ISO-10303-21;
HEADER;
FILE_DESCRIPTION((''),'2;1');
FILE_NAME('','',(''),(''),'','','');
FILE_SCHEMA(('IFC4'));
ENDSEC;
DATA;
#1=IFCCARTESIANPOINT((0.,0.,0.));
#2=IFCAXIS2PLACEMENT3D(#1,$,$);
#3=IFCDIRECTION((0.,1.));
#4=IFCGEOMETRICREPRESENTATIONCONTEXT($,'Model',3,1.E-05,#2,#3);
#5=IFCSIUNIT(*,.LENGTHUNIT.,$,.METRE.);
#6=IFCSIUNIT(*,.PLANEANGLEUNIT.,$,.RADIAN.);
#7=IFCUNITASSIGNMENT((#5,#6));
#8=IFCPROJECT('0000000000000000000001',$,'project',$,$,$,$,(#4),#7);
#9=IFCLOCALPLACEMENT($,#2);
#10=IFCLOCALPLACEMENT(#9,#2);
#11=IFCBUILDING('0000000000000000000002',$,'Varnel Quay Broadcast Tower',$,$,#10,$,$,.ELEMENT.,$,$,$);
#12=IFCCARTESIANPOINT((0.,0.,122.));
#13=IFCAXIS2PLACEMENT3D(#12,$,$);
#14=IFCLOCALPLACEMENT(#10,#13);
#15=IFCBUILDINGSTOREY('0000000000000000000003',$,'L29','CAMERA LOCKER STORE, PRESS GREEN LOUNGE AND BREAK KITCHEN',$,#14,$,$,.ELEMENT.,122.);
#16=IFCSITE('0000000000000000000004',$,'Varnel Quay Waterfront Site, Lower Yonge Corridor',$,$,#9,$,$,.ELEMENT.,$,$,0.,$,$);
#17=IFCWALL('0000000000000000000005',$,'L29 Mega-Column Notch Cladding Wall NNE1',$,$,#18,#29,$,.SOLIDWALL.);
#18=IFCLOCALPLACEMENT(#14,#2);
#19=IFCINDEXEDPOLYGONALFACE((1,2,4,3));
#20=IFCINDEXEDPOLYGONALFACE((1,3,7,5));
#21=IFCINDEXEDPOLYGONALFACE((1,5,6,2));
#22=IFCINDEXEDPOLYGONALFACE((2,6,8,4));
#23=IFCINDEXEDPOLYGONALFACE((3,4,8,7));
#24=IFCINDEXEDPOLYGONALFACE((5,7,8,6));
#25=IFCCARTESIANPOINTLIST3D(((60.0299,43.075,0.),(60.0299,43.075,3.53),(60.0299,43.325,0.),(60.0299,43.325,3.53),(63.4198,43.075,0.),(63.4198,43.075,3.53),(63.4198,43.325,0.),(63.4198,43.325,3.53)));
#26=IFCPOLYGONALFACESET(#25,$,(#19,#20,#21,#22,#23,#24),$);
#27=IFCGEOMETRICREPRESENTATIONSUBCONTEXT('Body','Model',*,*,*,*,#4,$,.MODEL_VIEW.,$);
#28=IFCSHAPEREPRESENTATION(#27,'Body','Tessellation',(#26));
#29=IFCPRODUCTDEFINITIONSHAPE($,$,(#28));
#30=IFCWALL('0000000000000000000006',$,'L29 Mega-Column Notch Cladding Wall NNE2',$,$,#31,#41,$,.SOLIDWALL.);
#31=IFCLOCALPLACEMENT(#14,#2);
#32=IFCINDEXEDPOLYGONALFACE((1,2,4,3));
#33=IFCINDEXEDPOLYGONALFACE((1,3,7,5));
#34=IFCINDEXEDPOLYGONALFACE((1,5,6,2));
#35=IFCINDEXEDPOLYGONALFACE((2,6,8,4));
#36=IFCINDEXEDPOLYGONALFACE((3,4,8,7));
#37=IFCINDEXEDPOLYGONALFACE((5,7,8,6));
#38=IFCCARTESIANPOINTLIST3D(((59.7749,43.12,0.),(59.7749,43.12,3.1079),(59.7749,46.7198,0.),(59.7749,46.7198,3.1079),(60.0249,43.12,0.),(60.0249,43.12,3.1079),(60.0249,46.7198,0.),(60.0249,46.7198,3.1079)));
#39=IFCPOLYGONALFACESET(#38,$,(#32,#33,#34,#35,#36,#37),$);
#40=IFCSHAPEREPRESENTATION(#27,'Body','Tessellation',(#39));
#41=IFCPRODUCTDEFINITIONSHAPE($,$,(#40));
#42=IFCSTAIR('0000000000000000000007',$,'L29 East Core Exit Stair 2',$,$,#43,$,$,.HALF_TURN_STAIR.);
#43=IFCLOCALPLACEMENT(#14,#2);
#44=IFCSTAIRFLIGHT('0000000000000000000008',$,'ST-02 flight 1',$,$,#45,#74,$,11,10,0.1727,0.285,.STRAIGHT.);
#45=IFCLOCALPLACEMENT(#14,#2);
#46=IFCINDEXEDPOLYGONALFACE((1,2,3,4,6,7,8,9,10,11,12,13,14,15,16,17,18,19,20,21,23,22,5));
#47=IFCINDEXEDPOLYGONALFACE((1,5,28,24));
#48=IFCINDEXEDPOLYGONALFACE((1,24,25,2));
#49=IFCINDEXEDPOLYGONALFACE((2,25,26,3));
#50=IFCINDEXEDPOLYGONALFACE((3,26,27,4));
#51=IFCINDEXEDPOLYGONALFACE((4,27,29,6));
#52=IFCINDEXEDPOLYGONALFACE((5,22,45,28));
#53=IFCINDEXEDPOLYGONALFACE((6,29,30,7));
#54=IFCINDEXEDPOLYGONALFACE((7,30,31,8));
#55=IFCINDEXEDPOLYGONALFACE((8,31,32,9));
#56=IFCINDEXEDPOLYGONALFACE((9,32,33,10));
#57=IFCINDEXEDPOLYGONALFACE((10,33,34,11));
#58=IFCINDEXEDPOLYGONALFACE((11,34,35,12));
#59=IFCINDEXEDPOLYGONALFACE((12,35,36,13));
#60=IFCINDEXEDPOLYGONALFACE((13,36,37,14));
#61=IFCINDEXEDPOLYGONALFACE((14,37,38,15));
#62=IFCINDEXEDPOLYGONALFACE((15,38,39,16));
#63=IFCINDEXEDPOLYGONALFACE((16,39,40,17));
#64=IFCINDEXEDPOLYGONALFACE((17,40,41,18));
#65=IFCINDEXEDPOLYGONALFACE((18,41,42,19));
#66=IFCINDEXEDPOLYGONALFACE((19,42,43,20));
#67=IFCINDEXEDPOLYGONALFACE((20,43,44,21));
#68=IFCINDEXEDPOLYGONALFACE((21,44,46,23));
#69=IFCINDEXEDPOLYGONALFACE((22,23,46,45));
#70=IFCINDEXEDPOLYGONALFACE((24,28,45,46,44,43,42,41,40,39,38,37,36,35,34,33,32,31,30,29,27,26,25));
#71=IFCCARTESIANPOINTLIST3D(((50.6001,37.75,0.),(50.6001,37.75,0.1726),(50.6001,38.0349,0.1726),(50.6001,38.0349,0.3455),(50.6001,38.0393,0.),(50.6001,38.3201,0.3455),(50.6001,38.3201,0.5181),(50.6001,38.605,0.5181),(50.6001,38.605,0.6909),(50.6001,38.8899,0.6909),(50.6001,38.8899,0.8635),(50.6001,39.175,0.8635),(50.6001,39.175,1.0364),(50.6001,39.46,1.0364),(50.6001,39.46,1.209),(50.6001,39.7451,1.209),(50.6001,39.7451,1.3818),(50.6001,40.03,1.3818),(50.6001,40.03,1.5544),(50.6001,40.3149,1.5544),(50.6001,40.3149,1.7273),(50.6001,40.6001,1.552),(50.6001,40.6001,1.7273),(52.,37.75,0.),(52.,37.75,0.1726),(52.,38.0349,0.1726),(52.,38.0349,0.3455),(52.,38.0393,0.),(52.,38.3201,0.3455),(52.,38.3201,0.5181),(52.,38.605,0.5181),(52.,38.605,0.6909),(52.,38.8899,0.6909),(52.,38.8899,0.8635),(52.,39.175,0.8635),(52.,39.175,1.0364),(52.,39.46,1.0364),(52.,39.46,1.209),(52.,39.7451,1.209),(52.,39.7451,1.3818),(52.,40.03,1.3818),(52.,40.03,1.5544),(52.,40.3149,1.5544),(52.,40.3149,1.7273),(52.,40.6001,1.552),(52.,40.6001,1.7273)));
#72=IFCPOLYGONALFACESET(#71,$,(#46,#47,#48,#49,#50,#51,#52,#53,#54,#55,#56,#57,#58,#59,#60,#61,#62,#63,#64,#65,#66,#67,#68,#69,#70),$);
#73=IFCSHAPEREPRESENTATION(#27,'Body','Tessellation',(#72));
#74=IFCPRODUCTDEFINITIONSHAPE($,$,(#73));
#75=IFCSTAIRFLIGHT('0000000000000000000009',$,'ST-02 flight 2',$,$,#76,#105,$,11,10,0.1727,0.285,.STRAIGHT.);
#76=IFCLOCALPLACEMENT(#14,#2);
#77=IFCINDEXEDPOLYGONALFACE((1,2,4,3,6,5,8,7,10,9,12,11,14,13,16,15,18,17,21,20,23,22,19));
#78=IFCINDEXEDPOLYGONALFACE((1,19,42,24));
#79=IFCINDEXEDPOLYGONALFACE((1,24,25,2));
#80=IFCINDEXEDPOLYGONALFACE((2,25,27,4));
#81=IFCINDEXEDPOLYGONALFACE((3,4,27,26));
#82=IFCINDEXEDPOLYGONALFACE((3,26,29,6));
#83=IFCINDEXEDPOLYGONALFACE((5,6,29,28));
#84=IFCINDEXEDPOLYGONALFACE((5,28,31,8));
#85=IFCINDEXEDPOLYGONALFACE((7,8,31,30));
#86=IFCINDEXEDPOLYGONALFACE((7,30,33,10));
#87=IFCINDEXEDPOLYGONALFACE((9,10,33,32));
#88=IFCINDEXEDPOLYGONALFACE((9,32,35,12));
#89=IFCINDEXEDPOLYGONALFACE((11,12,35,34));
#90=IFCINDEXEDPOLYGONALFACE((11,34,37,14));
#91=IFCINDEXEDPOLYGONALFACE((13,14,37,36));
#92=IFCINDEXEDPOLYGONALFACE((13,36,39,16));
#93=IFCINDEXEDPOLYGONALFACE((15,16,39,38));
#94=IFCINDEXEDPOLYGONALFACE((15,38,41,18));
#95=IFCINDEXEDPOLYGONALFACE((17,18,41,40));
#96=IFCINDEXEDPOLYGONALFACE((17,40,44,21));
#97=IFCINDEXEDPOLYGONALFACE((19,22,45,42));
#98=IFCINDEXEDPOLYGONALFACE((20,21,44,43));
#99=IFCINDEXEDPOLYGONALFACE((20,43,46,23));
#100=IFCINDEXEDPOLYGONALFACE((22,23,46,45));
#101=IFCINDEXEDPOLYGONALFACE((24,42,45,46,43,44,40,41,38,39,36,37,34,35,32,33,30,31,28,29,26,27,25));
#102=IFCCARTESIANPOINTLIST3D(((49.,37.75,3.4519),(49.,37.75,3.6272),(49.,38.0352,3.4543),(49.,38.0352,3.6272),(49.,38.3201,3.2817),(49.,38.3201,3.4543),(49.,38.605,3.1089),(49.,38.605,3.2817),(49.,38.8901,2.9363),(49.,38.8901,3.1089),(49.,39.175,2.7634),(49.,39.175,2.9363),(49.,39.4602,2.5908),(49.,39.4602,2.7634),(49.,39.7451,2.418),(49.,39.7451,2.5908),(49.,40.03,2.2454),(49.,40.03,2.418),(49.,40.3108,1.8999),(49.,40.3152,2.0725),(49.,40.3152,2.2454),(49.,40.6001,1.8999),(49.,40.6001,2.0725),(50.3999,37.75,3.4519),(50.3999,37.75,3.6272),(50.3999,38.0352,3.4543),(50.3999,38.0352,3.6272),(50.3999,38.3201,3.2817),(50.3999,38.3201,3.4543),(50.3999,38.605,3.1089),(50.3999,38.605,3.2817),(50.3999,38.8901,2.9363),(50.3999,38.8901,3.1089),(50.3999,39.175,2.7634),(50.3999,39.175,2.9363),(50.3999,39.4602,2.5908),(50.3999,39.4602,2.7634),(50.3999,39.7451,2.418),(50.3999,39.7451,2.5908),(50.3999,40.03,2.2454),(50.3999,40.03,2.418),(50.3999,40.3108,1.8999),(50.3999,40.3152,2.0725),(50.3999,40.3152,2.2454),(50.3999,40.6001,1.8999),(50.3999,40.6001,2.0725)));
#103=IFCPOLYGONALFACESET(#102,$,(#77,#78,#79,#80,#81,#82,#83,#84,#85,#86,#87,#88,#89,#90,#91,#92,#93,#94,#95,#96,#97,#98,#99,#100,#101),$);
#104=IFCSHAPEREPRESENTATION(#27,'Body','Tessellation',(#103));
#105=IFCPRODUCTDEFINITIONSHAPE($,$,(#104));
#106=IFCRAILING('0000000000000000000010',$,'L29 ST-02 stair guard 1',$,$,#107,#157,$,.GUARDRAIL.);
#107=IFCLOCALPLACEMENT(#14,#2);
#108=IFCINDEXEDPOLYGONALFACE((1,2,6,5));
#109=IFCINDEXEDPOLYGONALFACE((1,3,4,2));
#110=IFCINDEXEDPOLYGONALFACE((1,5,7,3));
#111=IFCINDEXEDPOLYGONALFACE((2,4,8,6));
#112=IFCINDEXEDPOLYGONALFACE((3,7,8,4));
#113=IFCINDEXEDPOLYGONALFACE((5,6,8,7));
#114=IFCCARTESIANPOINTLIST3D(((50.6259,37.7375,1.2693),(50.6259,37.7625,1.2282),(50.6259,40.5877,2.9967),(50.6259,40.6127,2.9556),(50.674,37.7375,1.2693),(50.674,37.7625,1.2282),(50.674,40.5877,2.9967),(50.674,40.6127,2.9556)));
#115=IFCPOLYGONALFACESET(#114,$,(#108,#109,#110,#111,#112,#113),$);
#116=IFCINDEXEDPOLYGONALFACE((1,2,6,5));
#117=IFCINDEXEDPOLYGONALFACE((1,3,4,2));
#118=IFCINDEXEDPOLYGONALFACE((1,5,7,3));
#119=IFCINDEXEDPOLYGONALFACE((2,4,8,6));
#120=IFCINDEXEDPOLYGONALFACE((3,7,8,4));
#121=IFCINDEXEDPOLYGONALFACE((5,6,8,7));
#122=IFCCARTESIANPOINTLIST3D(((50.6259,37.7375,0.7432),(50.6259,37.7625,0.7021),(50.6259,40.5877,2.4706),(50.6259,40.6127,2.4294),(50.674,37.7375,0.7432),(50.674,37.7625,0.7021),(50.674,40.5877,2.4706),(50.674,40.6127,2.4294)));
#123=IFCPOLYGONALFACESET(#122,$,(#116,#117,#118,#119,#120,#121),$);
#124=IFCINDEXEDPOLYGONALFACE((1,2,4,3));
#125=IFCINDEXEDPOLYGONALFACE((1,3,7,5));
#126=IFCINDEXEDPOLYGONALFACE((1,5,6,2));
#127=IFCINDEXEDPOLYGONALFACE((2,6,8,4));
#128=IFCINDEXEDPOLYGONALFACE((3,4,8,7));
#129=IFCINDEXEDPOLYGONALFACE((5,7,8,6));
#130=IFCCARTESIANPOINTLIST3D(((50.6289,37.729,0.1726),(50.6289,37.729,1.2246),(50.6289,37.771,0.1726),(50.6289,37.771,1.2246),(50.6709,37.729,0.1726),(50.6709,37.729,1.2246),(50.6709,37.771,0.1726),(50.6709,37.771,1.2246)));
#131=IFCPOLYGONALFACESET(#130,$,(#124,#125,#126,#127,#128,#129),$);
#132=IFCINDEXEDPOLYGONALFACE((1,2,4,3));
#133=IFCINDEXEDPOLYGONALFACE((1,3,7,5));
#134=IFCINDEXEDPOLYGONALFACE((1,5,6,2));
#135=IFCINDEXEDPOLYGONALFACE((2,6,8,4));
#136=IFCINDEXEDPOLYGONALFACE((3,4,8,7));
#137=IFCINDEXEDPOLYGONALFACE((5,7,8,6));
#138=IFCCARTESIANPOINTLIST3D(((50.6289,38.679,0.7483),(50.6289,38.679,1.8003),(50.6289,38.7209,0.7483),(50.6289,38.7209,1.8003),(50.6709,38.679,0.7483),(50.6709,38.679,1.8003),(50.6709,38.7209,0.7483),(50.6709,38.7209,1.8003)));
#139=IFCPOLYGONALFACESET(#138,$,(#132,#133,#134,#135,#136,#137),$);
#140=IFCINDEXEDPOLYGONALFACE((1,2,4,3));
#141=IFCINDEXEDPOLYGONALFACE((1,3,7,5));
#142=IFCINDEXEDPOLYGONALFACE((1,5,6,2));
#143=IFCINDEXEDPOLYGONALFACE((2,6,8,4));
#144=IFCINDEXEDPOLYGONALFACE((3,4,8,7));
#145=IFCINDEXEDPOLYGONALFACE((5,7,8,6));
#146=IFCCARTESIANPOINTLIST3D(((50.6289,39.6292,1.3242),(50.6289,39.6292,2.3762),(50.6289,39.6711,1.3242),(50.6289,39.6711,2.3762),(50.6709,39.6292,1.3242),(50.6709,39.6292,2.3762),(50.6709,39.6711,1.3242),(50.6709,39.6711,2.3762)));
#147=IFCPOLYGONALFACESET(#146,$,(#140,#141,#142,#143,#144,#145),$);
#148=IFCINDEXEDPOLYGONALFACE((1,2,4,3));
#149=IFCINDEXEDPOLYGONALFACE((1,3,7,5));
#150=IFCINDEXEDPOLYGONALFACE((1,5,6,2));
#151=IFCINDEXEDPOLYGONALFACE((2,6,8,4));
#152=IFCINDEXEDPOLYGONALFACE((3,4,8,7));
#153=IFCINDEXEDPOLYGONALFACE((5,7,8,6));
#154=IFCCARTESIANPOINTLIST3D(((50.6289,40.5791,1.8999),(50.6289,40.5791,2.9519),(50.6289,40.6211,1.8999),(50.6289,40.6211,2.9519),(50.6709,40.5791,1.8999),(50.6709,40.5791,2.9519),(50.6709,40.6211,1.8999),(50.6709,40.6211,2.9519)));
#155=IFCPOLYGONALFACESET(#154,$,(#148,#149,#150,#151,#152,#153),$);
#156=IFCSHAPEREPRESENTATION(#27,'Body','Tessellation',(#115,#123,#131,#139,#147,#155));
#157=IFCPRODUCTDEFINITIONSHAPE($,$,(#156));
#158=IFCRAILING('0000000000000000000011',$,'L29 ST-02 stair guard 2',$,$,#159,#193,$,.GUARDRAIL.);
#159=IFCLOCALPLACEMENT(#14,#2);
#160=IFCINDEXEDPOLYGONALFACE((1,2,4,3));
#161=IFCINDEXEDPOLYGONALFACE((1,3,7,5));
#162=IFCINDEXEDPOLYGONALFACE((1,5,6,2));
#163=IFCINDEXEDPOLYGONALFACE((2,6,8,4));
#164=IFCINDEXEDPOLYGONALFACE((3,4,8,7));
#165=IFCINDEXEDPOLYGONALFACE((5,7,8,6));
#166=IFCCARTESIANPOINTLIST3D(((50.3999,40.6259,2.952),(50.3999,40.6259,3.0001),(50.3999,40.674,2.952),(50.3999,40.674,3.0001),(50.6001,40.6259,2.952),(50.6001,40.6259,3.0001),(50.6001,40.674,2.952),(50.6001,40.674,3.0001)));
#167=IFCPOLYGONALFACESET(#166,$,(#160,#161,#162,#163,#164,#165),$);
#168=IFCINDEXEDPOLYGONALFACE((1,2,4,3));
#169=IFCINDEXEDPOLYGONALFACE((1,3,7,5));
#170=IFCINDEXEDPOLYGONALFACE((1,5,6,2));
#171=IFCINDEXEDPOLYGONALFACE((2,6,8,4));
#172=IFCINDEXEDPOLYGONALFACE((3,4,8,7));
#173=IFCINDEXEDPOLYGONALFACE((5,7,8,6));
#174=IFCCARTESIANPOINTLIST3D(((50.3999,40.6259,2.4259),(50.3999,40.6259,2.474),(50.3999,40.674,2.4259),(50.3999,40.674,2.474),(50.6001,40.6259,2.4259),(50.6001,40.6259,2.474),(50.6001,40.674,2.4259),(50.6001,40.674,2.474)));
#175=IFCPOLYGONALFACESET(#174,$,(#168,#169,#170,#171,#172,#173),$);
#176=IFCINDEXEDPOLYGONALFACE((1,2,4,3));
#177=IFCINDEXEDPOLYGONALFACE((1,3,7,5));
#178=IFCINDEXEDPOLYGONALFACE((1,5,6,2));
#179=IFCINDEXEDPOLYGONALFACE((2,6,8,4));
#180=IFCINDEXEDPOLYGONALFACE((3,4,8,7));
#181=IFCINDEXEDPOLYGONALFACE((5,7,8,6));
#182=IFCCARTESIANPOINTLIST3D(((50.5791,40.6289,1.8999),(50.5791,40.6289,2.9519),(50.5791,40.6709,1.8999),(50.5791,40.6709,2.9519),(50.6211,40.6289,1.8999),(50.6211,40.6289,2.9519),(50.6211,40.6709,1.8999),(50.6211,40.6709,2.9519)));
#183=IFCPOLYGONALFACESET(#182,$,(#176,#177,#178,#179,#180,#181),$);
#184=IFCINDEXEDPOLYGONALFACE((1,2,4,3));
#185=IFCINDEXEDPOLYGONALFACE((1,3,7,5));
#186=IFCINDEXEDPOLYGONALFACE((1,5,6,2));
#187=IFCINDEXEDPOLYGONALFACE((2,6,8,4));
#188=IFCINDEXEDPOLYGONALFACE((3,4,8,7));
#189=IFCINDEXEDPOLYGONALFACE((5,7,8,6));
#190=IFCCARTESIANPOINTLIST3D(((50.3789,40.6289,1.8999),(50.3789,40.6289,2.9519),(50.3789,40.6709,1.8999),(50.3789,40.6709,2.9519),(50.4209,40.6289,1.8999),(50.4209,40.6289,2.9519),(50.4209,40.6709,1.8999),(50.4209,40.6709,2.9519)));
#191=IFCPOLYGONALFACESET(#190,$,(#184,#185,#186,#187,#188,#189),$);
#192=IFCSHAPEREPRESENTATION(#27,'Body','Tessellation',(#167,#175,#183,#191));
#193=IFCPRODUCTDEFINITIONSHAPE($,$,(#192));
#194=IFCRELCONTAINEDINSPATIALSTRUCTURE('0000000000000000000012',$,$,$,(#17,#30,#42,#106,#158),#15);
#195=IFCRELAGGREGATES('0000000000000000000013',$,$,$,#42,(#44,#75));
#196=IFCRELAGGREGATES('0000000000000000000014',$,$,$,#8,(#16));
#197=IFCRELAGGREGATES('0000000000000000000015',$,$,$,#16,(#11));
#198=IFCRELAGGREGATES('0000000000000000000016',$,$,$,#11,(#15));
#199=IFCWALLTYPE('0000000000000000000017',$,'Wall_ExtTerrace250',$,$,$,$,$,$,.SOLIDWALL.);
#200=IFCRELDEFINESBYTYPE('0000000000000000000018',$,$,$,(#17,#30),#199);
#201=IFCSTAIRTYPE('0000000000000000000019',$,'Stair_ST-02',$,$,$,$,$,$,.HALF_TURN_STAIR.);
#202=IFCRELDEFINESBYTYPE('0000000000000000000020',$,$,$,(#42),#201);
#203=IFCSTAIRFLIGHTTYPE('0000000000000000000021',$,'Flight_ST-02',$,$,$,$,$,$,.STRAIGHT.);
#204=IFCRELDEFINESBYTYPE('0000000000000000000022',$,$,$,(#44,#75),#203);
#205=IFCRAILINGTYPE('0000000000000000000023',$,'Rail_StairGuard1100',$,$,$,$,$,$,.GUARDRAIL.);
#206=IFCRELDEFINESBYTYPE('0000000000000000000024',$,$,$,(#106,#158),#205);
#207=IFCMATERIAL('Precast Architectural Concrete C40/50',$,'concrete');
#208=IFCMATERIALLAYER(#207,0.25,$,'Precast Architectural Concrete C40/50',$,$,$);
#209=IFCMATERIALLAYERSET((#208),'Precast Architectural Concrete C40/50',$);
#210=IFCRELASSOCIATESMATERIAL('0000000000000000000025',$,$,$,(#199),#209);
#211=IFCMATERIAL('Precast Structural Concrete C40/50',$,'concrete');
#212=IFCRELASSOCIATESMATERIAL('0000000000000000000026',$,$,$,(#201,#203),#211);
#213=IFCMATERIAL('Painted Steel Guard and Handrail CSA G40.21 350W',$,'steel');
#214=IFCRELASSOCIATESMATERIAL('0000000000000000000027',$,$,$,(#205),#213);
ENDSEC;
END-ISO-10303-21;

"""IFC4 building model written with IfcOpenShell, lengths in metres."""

from ifc_helpers import new_model, si_unit, direction, frame, frame_2d, origin, origin_2d, place, context, subcontext, project, spatial, polyline, rectangle, outline, extrude, material, layer, layer_set, type_object, element, aggregate, save


model = new_model("IFC4")

# Units and contexts
model_context = context("Model", 3, precision=1e-05, world=origin(), true_north=direction((0.0, 1.0)))
body_context = subcontext(model_context, "Body", "Model", "MODEL_VIEW")
ifc_project = project(units=[si_unit("LENGTHUNIT", "METRE"), si_unit("PLANEANGLEUNIT", "RADIAN")], contexts=[model_context])

# Site, building, storey
site_placement = place(None, origin())
site = spatial("IfcSite", under=ifc_project, at=site_placement, Name="Varnel Quay Waterfront Site, Lower Yonge Corridor", CompositionType="ELEMENT", RefElevation=0.0)
building_placement = place(site_placement, origin())
building = spatial("IfcBuilding", under=site, at=building_placement, Name="Varnel Quay Broadcast Tower", CompositionType="ELEMENT")
storey_placement = place(building_placement, frame((0.0, 0.0, 122.0)))
storey = spatial("IfcBuildingStorey", under=building, at=storey_placement, Name="L29", Description="CAMERA LOCKER STORE, PRESS GREEN LOUNGE AND BREAK KITCHEN", CompositionType="ELEMENT", Elevation=122.0)

# Walls
ifc_material_1 = material(Name="Precast Architectural Concrete C40/50", Category="concrete")
ifc_layer_1 = layer(ifc_material_1, 0.25, Name="Precast Architectural Concrete C40/50")
ifc_layer_set_1 = layer_set([ifc_layer_1], Name="Precast Architectural Concrete C40/50")
wall_type_1 = type_object("IfcWallType", Name="Wall_ExtTerrace250", PredefinedType="SOLIDWALL", material=ifc_layer_set_1)
wall_1_placement = place(storey_placement, frame((60.03, 43.2, 0.0), z_axis=(0.0, 0.0, 1.0), x_axis=(1.0, 0.0, 0.0)))
element("IfcWall", 1, at=wall_1_placement, inside=storey, type_object=wall_type_1, Name="L29 Mega-Column Notch Cladding Wall NNE1", PredefinedType="SOLIDWALL", context=body_context, shape_type="SweptSolid", body=[
    extrude(rectangle(XDim=3.3899, YDim=0.25, at=frame_2d((1.6948, 0.0))), origin(), (0.0, 0.0, 1.0), 3.53),
])
wall_2_placement = place(storey_placement, frame((59.8999, 43.1201, 0.0), z_axis=(0.0, 0.0, 1.0), x_axis=(0.0, 1.0, 0.0)))
element("IfcWall", 2, at=wall_2_placement, inside=storey, type_object=wall_type_1, Name="L29 Mega-Column Notch Cladding Wall NNE2", PredefinedType="SOLIDWALL", context=body_context, shape_type="SweptSolid", body=[
    extrude(rectangle(XDim=3.5999, YDim=0.25, at=frame_2d((1.7998, 0.0))), origin(), (0.0, 0.0, 1.0), 3.1079),
])

# Stair, stair flights
ifc_material_2 = material(Name="Precast Structural Concrete C40/50", Category="concrete")
stair_type = type_object("IfcStairType", Name="Stair_ST-02", PredefinedType="HALF_TURN_STAIR", material=ifc_material_2)
stair_placement = place(storey_placement, origin())
stair = element("IfcStair", 3, at=stair_placement, inside=storey, type_object=stair_type, Name="L29 East Core Exit Stair 2", PredefinedType="HALF_TURN_STAIR")
stair_flight_type = type_object("IfcStairFlightType", Name="Flight_ST-02", PredefinedType="STRAIGHT", material=ifc_material_2)
stair_flight_1_placement = place(storey_placement, frame((51.3, 37.75, 0.0), z_axis=(0.0, 0.0, 1.0), x_axis=(0.0, 1.0, 0.0)))
stair_flight_1 = element("IfcStairFlight", 4, at=stair_flight_1_placement, type_object=stair_flight_type, Name="ST-02 flight 1", NumberOfRisers=11, NumberOfTreads=10, PredefinedType="STRAIGHT", RiserHeight=0.1727, TreadLength=0.285, context=body_context, shape_type="SweptSolid", body=[
    extrude(outline(polyline([(0.0, 0.0), (0.0, 0.1726), (0.2849, 0.1726), (0.2849, 0.3455), (0.5701, 0.3455), (0.5701, 0.5181), (0.855, 0.5181), (0.855, 0.6909), (1.1399, 0.6909), (1.1399, 0.8635), (1.425, 0.8635), (1.425, 1.0364), (1.71, 1.0364), (1.71, 1.209), (1.9951, 1.209), (1.9951, 1.3818), (2.28, 1.3818), (2.28, 1.5544), (2.5649, 1.5544), (2.5649, 1.7273), (2.8501, 1.7273), (2.8501, 1.8999), (2.8501, 1.552), (0.2893, 0.0), (0.0, 0.0)])), frame((0.0, 0.7, 0.0), z_axis=(0.0, -1.0, 0.0), x_axis=(1.0, 0.0, 0.0)), (0.0, 0.0, 1.0), 1.3999),
])
stair_flight_2_placement = place(storey_placement, frame((49.7, 40.6001, 1.8999), z_axis=(0.0, 0.0, 1.0), x_axis=(0.0, -1.0, 0.0)))
stair_flight_2 = element("IfcStairFlight", 5, at=stair_flight_2_placement, type_object=stair_flight_type, Name="ST-02 flight 2", NumberOfRisers=11, NumberOfTreads=10, PredefinedType="STRAIGHT", RiserHeight=0.1727, TreadLength=0.285, context=body_context, shape_type="SweptSolid", body=[
    extrude(outline(polyline([(0.0, 0.0), (0.0, 0.1726), (0.2849, 0.1726), (0.2849, 0.3455), (0.5701, 0.3455), (0.5701, 0.5181), (0.855, 0.5181), (0.855, 0.6909), (1.1399, 0.6909), (1.1399, 0.8635), (1.425, 0.8635), (1.425, 1.0364), (1.71, 1.0364), (1.71, 1.209), (1.9951, 1.209), (1.9951, 1.3818), (2.28, 1.3818), (2.28, 1.5544), (2.5649, 1.5544), (2.5649, 1.7273), (2.8501, 1.7273), (2.8501, 1.8999), (2.8501, 1.552), (0.2893, 0.0), (0.0, 0.0)])), frame((0.0, 0.7, 0.0), z_axis=(0.0, -1.0, 0.0), x_axis=(1.0, 0.0, 0.0)), (0.0, 0.0, 1.0), 1.3999),
])
aggregate(stair, [stair_flight_1, stair_flight_2])

# Railings
ifc_material_3 = material(Name="Painted Steel Guard and Handrail CSA G40.21 350W", Category="steel")
railing_type_1 = type_object("IfcRailingType", Name="Rail_StairGuard1100", PredefinedType="GUARDRAIL", material=ifc_material_3)
railing_1_placement = place(storey_placement, frame((50.6499, 37.75, 0.1726)))
element("IfcRailing", 6, at=railing_1_placement, inside=storey, type_object=railing_type_1, Name="L29 ST-02 stair guard 1", PredefinedType="GUARDRAIL", context=body_context, shape_type="SweptSolid", body=[
    extrude(rectangle(XDim=0.0481, YDim=0.0481, at=origin_2d()), frame((0.0, 0.0, 1.0762), z_axis=(0.0, 0.855203, 0.518294), x_axis=(-1.0, 0.0, 0.0)), (0.0, 0.0, 1.0), 3.3328),
    extrude(rectangle(XDim=0.0481, YDim=0.0481, at=origin_2d()), frame((0.0, 0.0, 0.55), z_axis=(0.0, 0.855203, 0.518294), x_axis=(-1.0, 0.0, 0.0)), (0.0, 0.0, 1.0), 3.3328),
    extrude(rectangle(XDim=0.042, YDim=0.042, at=origin_2d()), origin(), (0.0, 0.0, 1.0), 1.052),
    extrude(rectangle(XDim=0.042, YDim=0.042, at=origin_2d()), frame((0.0, 0.95, 0.5757)), (0.0, 0.0, 1.0), 1.052),
    extrude(rectangle(XDim=0.042, YDim=0.042, at=origin_2d()), frame((0.0, 1.9001, 1.1516)), (0.0, 0.0, 1.0), 1.052),
    extrude(rectangle(XDim=0.042, YDim=0.042, at=origin_2d()), frame((0.0, 2.8501, 1.7273)), (0.0, 0.0, 1.0), 1.052),
])
railing_2_placement = place(storey_placement, frame((50.6001, 40.6499, 1.8999)))
element("IfcRailing", 7, at=railing_2_placement, inside=storey, type_object=railing_type_1, Name="L29 ST-02 stair guard 2", PredefinedType="GUARDRAIL", context=body_context, shape_type="SweptSolid", body=[
    extrude(rectangle(XDim=0.0481, YDim=0.0481, at=origin_2d()), frame((0.0, 0.0, 1.0762), z_axis=(-1.0, 0.0, 0.0), x_axis=(0.0, -1.0, 0.0)), (0.0, 0.0, 1.0), 0.2002),
    extrude(rectangle(XDim=0.0481, YDim=0.0481, at=origin_2d()), frame((0.0, 0.0, 0.55), z_axis=(-1.0, 0.0, 0.0), x_axis=(0.0, -1.0, 0.0)), (0.0, 0.0, 1.0), 0.2002),
    extrude(rectangle(XDim=0.042, YDim=0.042, at=origin_2d()), origin(), (0.0, 0.0, 1.0), 1.052),
    extrude(rectangle(XDim=0.042, YDim=0.042, at=origin_2d()), frame((-0.2002, 0.0, 0.0)), (0.0, 0.0, 1.0), 1.052),
])

save(model, "model.ifc")
